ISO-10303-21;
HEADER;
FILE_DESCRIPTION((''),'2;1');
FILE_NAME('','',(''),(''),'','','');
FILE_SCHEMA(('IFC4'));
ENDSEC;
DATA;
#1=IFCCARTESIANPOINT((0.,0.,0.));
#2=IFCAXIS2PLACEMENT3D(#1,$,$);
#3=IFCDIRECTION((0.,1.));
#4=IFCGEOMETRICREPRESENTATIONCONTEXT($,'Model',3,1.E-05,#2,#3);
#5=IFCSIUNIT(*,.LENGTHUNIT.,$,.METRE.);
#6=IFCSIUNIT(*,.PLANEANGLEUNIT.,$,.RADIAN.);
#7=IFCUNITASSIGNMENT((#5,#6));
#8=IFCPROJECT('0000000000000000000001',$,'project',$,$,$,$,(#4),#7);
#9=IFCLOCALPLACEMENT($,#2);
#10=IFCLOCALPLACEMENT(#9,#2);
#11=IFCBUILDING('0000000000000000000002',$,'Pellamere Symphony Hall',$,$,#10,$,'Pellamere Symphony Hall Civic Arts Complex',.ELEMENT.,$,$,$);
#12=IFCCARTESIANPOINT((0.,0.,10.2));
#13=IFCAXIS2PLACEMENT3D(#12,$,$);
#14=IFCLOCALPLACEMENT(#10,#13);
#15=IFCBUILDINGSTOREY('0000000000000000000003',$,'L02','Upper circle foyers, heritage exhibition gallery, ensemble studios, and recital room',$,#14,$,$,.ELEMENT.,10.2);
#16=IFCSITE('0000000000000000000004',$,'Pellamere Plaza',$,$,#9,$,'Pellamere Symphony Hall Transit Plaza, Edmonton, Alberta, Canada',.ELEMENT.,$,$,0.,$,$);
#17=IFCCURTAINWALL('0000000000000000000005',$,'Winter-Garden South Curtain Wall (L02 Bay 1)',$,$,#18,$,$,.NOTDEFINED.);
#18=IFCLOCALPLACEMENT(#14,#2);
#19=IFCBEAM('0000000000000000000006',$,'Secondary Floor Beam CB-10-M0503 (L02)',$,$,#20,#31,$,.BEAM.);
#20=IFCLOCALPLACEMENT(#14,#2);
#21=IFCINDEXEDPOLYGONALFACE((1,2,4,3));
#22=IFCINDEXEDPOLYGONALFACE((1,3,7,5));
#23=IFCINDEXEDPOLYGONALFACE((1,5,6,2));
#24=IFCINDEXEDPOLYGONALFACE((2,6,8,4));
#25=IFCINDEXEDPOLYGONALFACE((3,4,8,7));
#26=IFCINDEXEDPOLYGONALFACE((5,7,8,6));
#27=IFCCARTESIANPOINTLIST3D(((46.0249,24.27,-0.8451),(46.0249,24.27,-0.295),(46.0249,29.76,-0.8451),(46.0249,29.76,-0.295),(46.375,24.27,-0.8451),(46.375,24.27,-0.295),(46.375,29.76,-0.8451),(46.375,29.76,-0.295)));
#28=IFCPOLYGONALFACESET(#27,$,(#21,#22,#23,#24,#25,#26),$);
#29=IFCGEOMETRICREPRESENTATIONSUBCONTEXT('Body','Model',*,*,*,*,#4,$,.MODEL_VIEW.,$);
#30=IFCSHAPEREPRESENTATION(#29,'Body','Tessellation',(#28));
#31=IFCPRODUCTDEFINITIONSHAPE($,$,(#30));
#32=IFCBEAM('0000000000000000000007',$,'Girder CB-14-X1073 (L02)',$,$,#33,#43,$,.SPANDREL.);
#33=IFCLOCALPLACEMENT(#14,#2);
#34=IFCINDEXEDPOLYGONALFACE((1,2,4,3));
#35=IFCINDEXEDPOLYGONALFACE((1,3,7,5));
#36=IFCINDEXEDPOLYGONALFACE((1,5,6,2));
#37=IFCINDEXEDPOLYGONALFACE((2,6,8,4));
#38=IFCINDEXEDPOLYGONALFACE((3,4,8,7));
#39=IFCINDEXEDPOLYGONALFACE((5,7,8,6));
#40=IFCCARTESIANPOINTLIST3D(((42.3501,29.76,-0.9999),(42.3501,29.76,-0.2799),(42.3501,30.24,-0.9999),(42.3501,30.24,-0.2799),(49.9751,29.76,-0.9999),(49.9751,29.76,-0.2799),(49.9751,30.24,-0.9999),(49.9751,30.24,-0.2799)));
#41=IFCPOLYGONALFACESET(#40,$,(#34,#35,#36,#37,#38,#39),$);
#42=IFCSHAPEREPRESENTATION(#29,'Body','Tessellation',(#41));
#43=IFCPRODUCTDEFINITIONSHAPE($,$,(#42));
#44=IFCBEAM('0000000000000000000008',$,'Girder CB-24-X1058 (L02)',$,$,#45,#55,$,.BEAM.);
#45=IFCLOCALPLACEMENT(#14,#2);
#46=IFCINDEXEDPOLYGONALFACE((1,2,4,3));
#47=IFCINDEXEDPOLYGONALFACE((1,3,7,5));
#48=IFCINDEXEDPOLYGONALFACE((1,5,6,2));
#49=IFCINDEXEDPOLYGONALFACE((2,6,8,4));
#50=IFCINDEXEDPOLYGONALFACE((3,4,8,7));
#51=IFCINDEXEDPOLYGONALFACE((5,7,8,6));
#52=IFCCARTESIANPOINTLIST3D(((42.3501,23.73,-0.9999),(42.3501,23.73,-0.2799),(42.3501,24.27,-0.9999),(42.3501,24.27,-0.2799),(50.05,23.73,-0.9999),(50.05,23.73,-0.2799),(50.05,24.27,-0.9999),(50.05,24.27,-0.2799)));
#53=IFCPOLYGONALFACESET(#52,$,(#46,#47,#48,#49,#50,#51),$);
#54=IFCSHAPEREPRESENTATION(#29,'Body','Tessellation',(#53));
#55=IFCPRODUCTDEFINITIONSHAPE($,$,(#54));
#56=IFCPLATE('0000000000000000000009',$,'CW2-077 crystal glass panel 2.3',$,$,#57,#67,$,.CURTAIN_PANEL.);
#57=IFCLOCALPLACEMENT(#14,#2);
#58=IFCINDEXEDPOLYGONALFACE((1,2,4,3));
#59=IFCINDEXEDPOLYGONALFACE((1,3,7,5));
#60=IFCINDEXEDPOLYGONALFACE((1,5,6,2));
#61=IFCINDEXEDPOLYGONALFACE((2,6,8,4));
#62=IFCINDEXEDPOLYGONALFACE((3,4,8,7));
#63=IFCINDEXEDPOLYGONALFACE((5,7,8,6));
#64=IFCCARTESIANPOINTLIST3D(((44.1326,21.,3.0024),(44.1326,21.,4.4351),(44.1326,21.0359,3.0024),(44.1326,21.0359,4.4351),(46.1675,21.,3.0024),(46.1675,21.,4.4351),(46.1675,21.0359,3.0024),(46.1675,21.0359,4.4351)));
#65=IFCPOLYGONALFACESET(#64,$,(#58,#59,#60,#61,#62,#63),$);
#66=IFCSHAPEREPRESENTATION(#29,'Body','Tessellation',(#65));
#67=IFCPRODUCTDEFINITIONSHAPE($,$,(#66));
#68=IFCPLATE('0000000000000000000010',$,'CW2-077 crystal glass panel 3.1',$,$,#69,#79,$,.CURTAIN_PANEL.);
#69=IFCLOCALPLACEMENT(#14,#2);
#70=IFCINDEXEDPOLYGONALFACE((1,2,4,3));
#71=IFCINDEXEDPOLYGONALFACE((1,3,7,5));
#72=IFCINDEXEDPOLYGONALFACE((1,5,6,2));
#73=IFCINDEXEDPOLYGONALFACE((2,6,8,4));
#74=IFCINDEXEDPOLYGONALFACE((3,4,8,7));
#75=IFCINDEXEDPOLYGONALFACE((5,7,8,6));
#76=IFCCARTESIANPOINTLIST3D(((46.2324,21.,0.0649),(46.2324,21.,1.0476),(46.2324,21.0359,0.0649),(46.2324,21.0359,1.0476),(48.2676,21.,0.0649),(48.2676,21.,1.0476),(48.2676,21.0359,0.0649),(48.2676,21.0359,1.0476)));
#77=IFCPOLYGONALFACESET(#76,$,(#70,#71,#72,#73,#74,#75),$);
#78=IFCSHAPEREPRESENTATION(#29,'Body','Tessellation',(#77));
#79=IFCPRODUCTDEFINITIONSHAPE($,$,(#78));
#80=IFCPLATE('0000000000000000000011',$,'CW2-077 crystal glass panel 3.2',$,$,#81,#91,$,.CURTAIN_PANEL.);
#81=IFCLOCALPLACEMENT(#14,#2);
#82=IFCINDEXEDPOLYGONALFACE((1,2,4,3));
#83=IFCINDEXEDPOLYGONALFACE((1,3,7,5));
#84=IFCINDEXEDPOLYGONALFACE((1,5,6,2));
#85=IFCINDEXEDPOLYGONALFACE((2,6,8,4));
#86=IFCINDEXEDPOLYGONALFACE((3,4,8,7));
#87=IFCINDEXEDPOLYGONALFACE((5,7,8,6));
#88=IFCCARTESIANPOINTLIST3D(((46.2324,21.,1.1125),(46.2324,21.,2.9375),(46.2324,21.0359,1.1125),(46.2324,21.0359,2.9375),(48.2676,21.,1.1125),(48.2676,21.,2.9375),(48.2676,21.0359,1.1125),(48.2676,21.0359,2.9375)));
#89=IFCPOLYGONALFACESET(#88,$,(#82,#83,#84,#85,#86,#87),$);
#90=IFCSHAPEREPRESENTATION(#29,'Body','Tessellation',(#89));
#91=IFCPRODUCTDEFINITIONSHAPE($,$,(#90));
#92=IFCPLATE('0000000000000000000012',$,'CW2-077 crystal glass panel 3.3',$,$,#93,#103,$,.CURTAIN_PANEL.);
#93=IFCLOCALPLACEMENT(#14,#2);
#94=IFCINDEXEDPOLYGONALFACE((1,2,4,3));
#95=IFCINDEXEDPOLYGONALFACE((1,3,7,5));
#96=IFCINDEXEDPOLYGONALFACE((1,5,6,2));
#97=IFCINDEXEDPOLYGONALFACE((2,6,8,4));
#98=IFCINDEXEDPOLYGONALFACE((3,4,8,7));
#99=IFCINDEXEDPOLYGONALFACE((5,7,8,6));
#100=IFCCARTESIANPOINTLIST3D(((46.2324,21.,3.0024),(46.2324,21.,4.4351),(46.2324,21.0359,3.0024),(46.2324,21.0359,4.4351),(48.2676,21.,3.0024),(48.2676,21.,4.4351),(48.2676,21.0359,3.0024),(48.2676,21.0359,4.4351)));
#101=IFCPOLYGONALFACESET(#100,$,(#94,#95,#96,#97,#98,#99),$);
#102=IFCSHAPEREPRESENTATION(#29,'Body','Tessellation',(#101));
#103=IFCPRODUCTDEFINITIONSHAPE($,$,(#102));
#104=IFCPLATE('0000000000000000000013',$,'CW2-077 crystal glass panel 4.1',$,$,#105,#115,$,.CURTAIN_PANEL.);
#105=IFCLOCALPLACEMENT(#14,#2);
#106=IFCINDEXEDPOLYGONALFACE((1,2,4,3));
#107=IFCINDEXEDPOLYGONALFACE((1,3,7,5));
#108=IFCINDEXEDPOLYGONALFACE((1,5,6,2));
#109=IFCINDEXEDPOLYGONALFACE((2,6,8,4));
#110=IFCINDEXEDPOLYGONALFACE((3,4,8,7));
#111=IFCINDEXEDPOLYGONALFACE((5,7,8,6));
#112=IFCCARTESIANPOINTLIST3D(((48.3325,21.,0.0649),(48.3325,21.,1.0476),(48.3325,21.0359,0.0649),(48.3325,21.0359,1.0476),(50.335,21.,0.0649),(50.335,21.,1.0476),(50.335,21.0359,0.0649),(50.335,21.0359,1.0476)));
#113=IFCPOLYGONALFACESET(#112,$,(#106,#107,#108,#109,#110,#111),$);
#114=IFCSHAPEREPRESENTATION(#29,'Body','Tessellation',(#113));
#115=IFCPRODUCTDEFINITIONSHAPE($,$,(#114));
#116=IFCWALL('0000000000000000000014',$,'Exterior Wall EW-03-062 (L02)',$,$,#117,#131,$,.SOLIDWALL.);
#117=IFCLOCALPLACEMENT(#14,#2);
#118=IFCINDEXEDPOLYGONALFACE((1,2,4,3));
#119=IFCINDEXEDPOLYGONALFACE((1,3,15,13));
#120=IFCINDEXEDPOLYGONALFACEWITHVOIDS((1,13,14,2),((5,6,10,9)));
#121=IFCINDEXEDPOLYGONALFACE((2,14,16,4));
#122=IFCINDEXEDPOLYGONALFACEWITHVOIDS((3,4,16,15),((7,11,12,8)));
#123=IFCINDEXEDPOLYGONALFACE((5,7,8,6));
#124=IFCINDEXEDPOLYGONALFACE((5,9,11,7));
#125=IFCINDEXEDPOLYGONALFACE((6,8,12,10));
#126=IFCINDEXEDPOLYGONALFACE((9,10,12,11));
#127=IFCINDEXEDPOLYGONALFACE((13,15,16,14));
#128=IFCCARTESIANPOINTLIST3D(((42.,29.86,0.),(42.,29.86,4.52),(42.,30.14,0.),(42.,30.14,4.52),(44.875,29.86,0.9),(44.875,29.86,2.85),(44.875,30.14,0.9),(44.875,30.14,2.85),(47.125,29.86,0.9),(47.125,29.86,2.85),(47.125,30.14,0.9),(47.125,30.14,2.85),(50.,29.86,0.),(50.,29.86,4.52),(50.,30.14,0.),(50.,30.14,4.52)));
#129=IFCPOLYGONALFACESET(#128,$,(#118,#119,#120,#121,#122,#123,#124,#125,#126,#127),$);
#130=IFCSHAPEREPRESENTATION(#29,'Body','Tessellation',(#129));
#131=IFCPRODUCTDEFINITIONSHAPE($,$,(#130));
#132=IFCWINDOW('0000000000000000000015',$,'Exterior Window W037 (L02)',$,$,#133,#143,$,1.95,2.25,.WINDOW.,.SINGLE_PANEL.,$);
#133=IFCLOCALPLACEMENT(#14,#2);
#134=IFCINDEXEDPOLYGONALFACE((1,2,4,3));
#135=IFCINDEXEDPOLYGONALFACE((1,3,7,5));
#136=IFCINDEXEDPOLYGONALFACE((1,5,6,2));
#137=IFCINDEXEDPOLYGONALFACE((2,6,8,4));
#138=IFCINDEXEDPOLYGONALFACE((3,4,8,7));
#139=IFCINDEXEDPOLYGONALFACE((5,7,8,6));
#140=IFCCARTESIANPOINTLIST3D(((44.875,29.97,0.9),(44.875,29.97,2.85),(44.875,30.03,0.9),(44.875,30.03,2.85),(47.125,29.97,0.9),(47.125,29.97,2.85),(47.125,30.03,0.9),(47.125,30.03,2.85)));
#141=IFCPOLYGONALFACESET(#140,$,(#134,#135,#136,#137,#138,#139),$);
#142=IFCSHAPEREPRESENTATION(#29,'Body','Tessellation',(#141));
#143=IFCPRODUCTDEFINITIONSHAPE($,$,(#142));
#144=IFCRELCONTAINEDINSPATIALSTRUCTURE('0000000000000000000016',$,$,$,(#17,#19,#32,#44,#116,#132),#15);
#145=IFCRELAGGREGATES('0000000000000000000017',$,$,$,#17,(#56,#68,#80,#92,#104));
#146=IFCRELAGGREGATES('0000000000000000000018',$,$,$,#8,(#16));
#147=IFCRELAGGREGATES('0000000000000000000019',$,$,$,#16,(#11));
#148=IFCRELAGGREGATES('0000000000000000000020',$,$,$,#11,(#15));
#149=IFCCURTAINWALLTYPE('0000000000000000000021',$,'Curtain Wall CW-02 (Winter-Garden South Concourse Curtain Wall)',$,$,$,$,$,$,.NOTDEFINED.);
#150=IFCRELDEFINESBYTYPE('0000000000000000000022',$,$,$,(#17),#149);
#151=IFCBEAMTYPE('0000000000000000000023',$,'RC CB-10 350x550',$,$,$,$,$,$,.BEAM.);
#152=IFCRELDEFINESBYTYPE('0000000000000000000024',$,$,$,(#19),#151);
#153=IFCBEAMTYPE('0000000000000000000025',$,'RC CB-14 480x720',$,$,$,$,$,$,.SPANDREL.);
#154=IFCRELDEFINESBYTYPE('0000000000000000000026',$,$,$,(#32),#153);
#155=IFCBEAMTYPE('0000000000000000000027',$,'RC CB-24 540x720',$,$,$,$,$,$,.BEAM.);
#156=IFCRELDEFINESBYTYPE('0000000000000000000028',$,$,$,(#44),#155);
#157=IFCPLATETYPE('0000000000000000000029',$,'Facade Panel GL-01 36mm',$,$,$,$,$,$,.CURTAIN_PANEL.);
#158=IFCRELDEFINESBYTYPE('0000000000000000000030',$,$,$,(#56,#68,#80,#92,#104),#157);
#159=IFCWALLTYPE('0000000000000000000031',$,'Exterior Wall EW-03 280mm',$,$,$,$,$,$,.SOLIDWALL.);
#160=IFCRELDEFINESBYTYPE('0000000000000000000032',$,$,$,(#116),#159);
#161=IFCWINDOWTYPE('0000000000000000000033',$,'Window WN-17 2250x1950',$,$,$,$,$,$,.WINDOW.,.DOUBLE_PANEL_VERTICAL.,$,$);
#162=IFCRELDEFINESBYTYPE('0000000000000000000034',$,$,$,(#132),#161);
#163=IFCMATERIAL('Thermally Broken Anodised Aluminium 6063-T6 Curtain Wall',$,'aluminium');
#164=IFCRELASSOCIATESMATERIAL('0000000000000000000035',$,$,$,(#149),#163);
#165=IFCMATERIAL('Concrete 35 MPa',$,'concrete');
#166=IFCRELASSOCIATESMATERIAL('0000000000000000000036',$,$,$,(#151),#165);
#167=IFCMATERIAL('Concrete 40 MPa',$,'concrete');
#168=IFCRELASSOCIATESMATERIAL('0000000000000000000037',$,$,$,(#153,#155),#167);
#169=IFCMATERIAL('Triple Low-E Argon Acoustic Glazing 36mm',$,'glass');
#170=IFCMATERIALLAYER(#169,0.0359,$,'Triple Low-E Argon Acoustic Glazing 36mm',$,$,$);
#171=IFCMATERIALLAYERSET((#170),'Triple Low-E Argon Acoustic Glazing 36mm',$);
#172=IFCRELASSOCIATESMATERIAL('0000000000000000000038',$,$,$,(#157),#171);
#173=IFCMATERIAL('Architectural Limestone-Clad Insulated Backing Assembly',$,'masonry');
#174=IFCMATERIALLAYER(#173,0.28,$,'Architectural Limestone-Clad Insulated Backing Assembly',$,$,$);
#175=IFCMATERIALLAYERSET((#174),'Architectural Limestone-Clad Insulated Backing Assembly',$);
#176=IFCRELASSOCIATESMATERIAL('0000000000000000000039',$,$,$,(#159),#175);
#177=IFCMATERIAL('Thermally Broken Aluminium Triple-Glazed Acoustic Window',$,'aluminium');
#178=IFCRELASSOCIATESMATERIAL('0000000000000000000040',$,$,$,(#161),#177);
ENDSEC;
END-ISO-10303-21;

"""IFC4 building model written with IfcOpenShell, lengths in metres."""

from ifc_helpers import new_model, si_unit, direction, frame, frame_2d, origin, origin_2d, place, context, subcontext, project, spatial, polyline, rectangle, outline, extrude, material, layer, layer_set, material_profile, profile_set, type_object, element, fill, aggregate, save


model = new_model("IFC4")

# Units and contexts
model_context = context("Model", 3, precision=1e-05, world=origin(), true_north=direction((0.0, 1.0)))
body_context = subcontext(model_context, "Body", "Model", "MODEL_VIEW")
ifc_project = project(units=[si_unit("LENGTHUNIT", "METRE"), si_unit("PLANEANGLEUNIT", "RADIAN")], contexts=[model_context])

# Site, building, storey
site_placement = place(None, origin())
site = spatial("IfcSite", under=ifc_project, at=site_placement, Name="Pellamere Plaza", LongName="Pellamere Symphony Hall Transit Plaza, Edmonton, Alberta, Canada", CompositionType="ELEMENT", RefElevation=0.0)
building_placement = place(site_placement, origin())
building = spatial("IfcBuilding", under=site, at=building_placement, Name="Pellamere Symphony Hall", LongName="Pellamere Symphony Hall Civic Arts Complex", CompositionType="ELEMENT")
storey_placement = place(building_placement, frame((0.0, 0.0, 10.2)))
storey = spatial("IfcBuildingStorey", under=building, at=storey_placement, Name="L02", Description="Upper circle foyers, heritage exhibition gallery, ensemble studios, and recital room", CompositionType="ELEMENT", Elevation=10.2)

# Curtain wall
ifc_material_1 = material(Name="Thermally Broken Anodised Aluminium 6063-T6 Curtain Wall", Category="aluminium")
curtain_wall_type = type_object("IfcCurtainWallType", Name="Curtain Wall CW-02 (Winter-Garden South Concourse Curtain Wall)", PredefinedType="NOTDEFINED", material=ifc_material_1)
curtain_wall_placement = place(storey_placement, origin())
curtain_wall = element("IfcCurtainWall", 1, at=curtain_wall_placement, inside=storey, type_object=curtain_wall_type, Name="Winter-Garden South Curtain Wall (L02 Bay 1)", PredefinedType="NOTDEFINED")

# Beams
ifc_material_2 = material(Name="Concrete 40 MPa", Category="concrete")
ifc_material_3 = material(Name="Concrete 35 MPa", Category="concrete")
ifc_material_profile_1 = material_profile(ifc_material_3, rectangle(XDim=0.3501, YDim=0.55, at=origin_2d()), Name="RC 350x550")
ifc_profile_set_1 = profile_set([ifc_material_profile_1], Name="Concrete 35 MPa")
beam_type_1 = type_object("IfcBeamType", Name="RC CB-10 350x550", PredefinedType="BEAM", material=ifc_profile_set_1)
beam_1_placement = place(storey_placement, frame((46.2, 24.27, -0.5701), z_axis=(0.0, 1.0, 0.0), x_axis=(-1.0, 0.0, 0.0)))
element("IfcBeam", 2, at=beam_1_placement, inside=storey, type_object=beam_type_1, Name="Secondary Floor Beam CB-10-M0503 (L02)", PredefinedType="BEAM", context=body_context, shape_type="SweptSolid", body=[
    extrude(rectangle(XDim=0.3501, YDim=0.55, at=origin_2d()), origin(), (0.0, 0.0, 1.0), 5.49),
])
ifc_material_profile_2 = material_profile(ifc_material_2, rectangle(XDim=0.48, YDim=0.72, at=origin_2d()), Name="RC 480x720")
ifc_profile_set_2 = profile_set([ifc_material_profile_2], Name="Concrete 40 MPa")
beam_type_2 = type_object("IfcBeamType", Name="RC CB-14 480x720", PredefinedType="SPANDREL", material=ifc_profile_set_2)
beam_2_placement = place(storey_placement, frame((42.3501, 30.0, -0.6399), z_axis=(1.0, 0.0, 0.0), x_axis=(0.0, 1.0, 0.0)))
element("IfcBeam", 3, at=beam_2_placement, inside=storey, type_object=beam_type_2, Name="Girder CB-14-X1073 (L02)", PredefinedType="SPANDREL", context=body_context, shape_type="SweptSolid", body=[
    extrude(rectangle(XDim=0.48, YDim=0.72, at=origin_2d()), origin(), (0.0, 0.0, 1.0), 7.625),
])
ifc_material_profile_3 = material_profile(ifc_material_2, rectangle(XDim=0.54, YDim=0.72, at=origin_2d()), Name="RC 540x720")
ifc_profile_set_3 = profile_set([ifc_material_profile_3], Name="Concrete 40 MPa")
beam_type_3 = type_object("IfcBeamType", Name="RC CB-24 540x720", PredefinedType="BEAM", material=ifc_profile_set_3)
beam_3_placement = place(storey_placement, frame((42.3501, 24.0, -0.6399), z_axis=(1.0, 0.0, 0.0), x_axis=(0.0, 1.0, 0.0)))
element("IfcBeam", 4, at=beam_3_placement, inside=storey, type_object=beam_type_3, Name="Girder CB-24-X1058 (L02)", PredefinedType="BEAM", context=body_context, shape_type="SweptSolid", body=[
    extrude(rectangle(XDim=0.54, YDim=0.72, at=origin_2d()), origin(), (0.0, 0.0, 1.0), 7.7),
])

# Plates
ifc_material_4 = material(Name="Triple Low-E Argon Acoustic Glazing 36mm", Category="glass")
ifc_layer_1 = layer(ifc_material_4, 0.0359, Name="Triple Low-E Argon Acoustic Glazing 36mm")
ifc_layer_set_1 = layer_set([ifc_layer_1], Name="Triple Low-E Argon Acoustic Glazing 36mm")
plate_type = type_object("IfcPlateType", Name="Facade Panel GL-01 36mm", PredefinedType="CURTAIN_PANEL", material=ifc_layer_set_1)
plate_1_placement = place(storey_placement, frame((44.1326, 21.0, 3.0024), z_axis=(0.0, -1.0, 0.0), x_axis=(1.0, 0.0, 0.0)))
plate_1 = element("IfcPlate", 5, at=plate_1_placement, type_object=plate_type, Name="CW2-077 crystal glass panel 2.3", PredefinedType="CURTAIN_PANEL", context=body_context, shape_type="SweptSolid", body=[
    extrude(outline(polyline([(0.0, 0.0), (2.0349, 0.0), (2.0349, 1.4326), (0.0, 1.4326), (0.0, 0.0)])), origin(), (0.0, 0.0, -1.0), 0.0359),
])
plate_2_placement = place(storey_placement, frame((46.2324, 21.0, 0.0649), z_axis=(0.0, -1.0, 0.0), x_axis=(1.0, 0.0, 0.0)))
plate_2 = element("IfcPlate", 6, at=plate_2_placement, type_object=plate_type, Name="CW2-077 crystal glass panel 3.1", PredefinedType="CURTAIN_PANEL", context=body_context, shape_type="SweptSolid", body=[
    extrude(outline(polyline([(0.0, 0.0), (2.0352, 0.0), (2.0352, 0.9827), (0.0, 0.9827), (0.0, 0.0)])), origin(), (0.0, 0.0, -1.0), 0.0359),
])
plate_3_placement = place(storey_placement, frame((46.2324, 21.0, 1.1125), z_axis=(0.0, -1.0, 0.0), x_axis=(1.0, 0.0, 0.0)))
plate_3 = element("IfcPlate", 7, at=plate_3_placement, type_object=plate_type, Name="CW2-077 crystal glass panel 3.2", PredefinedType="CURTAIN_PANEL", context=body_context, shape_type="SweptSolid", body=[
    extrude(outline(polyline([(0.0, 0.0), (2.0352, 0.0), (2.0352, 1.825), (0.0, 1.825), (0.0, 0.0)])), origin(), (0.0, 0.0, -1.0), 0.0359),
])
plate_4_placement = place(storey_placement, frame((46.2324, 21.0, 3.0024), z_axis=(0.0, -1.0, 0.0), x_axis=(1.0, 0.0, 0.0)))
plate_4 = element("IfcPlate", 8, at=plate_4_placement, type_object=plate_type, Name="CW2-077 crystal glass panel 3.3", PredefinedType="CURTAIN_PANEL", context=body_context, shape_type="SweptSolid", body=[
    extrude(outline(polyline([(0.0, 0.0), (2.0352, 0.0), (2.0352, 1.4326), (0.0, 1.4326), (0.0, 0.0)])), origin(), (0.0, 0.0, -1.0), 0.0359),
])
plate_5_placement = place(storey_placement, frame((48.3325, 21.0, 0.0649), z_axis=(0.0, -1.0, 0.0), x_axis=(1.0, 0.0, 0.0)))
plate_5 = element("IfcPlate", 9, at=plate_5_placement, type_object=plate_type, Name="CW2-077 crystal glass panel 4.1", PredefinedType="CURTAIN_PANEL", context=body_context, shape_type="SweptSolid", body=[
    extrude(outline(polyline([(0.0, 0.0), (2.0024, 0.0), (2.0024, 0.9827), (0.0, 0.9827), (0.0, 0.0)])), origin(), (0.0, 0.0, -1.0), 0.0359),
])
aggregate(curtain_wall, [plate_1, plate_2, plate_3, plate_4, plate_5])

# Wall, opening, window
ifc_material_5 = material(Name="Architectural Limestone-Clad Insulated Backing Assembly", Category="masonry")
ifc_layer_2 = layer(ifc_material_5, 0.28, Name="Architectural Limestone-Clad Insulated Backing Assembly")
ifc_layer_set_2 = layer_set([ifc_layer_2], Name="Architectural Limestone-Clad Insulated Backing Assembly")
wall_type = type_object("IfcWallType", Name="Exterior Wall EW-03 280mm", PredefinedType="SOLIDWALL", material=ifc_layer_set_2)
wall_placement = place(storey_placement, frame((42.0, 30.0, 0.0), z_axis=(0.0, 0.0, 1.0), x_axis=(1.0, 0.0, 0.0)))
wall = element("IfcWall", 10, at=wall_placement, inside=storey, type_object=wall_type, Name="Exterior Wall EW-03-062 (L02)", PredefinedType="SOLIDWALL", context=body_context, shape_type="SweptSolid", body=[
    extrude(rectangle(XDim=8.0, YDim=0.28, at=frame_2d((4.0, 0.0))), origin(), (0.0, 0.0, 1.0), 4.52),
])
opening_placement = place(wall_placement, frame((2.875, 0.0, 0.8999)))
opening = element("IfcOpeningElement", 11, at=opening_placement, cuts=wall, PredefinedType="OPENING", context=body_context, shape_type="SweptSolid", body=[
    extrude(rectangle(XDim=2.25, YDim=1.95, at=frame_2d((1.125, 0.9751))), frame((0.0, 0.1499, 0.0), z_axis=(0.0, -1.0, 0.0), x_axis=(1.0, 0.0, 0.0)), (0.0, 0.0, 1.0), 0.3),
])
ifc_material_6 = material(Name="Thermally Broken Aluminium Triple-Glazed Acoustic Window", Category="aluminium")
window_type = type_object("IfcWindowType", Name="Window WN-17 2250x1950", PartitioningType="DOUBLE_PANEL_VERTICAL", PredefinedType="WINDOW", material=ifc_material_6)
window_placement = place(opening_placement, origin())
window = element("IfcWindow", 12, at=window_placement, inside=storey, type_object=window_type, Name="Exterior Window W037 (L02)", OverallHeight=1.95, OverallWidth=2.25, PartitioningType="SINGLE_PANEL", PredefinedType="WINDOW", context=body_context, shape_type="SweptSolid", body=[
    extrude(rectangle(XDim=2.25, YDim=1.95, at=frame_2d((1.125, 0.9751))), frame((0.0, 0.03, 0.0), z_axis=(0.0, -1.0, 0.0), x_axis=(1.0, 0.0, 0.0)), (0.0, 0.0, 1.0), 0.0601),
])
fill(opening, window)

save(model, "model.ifc")
